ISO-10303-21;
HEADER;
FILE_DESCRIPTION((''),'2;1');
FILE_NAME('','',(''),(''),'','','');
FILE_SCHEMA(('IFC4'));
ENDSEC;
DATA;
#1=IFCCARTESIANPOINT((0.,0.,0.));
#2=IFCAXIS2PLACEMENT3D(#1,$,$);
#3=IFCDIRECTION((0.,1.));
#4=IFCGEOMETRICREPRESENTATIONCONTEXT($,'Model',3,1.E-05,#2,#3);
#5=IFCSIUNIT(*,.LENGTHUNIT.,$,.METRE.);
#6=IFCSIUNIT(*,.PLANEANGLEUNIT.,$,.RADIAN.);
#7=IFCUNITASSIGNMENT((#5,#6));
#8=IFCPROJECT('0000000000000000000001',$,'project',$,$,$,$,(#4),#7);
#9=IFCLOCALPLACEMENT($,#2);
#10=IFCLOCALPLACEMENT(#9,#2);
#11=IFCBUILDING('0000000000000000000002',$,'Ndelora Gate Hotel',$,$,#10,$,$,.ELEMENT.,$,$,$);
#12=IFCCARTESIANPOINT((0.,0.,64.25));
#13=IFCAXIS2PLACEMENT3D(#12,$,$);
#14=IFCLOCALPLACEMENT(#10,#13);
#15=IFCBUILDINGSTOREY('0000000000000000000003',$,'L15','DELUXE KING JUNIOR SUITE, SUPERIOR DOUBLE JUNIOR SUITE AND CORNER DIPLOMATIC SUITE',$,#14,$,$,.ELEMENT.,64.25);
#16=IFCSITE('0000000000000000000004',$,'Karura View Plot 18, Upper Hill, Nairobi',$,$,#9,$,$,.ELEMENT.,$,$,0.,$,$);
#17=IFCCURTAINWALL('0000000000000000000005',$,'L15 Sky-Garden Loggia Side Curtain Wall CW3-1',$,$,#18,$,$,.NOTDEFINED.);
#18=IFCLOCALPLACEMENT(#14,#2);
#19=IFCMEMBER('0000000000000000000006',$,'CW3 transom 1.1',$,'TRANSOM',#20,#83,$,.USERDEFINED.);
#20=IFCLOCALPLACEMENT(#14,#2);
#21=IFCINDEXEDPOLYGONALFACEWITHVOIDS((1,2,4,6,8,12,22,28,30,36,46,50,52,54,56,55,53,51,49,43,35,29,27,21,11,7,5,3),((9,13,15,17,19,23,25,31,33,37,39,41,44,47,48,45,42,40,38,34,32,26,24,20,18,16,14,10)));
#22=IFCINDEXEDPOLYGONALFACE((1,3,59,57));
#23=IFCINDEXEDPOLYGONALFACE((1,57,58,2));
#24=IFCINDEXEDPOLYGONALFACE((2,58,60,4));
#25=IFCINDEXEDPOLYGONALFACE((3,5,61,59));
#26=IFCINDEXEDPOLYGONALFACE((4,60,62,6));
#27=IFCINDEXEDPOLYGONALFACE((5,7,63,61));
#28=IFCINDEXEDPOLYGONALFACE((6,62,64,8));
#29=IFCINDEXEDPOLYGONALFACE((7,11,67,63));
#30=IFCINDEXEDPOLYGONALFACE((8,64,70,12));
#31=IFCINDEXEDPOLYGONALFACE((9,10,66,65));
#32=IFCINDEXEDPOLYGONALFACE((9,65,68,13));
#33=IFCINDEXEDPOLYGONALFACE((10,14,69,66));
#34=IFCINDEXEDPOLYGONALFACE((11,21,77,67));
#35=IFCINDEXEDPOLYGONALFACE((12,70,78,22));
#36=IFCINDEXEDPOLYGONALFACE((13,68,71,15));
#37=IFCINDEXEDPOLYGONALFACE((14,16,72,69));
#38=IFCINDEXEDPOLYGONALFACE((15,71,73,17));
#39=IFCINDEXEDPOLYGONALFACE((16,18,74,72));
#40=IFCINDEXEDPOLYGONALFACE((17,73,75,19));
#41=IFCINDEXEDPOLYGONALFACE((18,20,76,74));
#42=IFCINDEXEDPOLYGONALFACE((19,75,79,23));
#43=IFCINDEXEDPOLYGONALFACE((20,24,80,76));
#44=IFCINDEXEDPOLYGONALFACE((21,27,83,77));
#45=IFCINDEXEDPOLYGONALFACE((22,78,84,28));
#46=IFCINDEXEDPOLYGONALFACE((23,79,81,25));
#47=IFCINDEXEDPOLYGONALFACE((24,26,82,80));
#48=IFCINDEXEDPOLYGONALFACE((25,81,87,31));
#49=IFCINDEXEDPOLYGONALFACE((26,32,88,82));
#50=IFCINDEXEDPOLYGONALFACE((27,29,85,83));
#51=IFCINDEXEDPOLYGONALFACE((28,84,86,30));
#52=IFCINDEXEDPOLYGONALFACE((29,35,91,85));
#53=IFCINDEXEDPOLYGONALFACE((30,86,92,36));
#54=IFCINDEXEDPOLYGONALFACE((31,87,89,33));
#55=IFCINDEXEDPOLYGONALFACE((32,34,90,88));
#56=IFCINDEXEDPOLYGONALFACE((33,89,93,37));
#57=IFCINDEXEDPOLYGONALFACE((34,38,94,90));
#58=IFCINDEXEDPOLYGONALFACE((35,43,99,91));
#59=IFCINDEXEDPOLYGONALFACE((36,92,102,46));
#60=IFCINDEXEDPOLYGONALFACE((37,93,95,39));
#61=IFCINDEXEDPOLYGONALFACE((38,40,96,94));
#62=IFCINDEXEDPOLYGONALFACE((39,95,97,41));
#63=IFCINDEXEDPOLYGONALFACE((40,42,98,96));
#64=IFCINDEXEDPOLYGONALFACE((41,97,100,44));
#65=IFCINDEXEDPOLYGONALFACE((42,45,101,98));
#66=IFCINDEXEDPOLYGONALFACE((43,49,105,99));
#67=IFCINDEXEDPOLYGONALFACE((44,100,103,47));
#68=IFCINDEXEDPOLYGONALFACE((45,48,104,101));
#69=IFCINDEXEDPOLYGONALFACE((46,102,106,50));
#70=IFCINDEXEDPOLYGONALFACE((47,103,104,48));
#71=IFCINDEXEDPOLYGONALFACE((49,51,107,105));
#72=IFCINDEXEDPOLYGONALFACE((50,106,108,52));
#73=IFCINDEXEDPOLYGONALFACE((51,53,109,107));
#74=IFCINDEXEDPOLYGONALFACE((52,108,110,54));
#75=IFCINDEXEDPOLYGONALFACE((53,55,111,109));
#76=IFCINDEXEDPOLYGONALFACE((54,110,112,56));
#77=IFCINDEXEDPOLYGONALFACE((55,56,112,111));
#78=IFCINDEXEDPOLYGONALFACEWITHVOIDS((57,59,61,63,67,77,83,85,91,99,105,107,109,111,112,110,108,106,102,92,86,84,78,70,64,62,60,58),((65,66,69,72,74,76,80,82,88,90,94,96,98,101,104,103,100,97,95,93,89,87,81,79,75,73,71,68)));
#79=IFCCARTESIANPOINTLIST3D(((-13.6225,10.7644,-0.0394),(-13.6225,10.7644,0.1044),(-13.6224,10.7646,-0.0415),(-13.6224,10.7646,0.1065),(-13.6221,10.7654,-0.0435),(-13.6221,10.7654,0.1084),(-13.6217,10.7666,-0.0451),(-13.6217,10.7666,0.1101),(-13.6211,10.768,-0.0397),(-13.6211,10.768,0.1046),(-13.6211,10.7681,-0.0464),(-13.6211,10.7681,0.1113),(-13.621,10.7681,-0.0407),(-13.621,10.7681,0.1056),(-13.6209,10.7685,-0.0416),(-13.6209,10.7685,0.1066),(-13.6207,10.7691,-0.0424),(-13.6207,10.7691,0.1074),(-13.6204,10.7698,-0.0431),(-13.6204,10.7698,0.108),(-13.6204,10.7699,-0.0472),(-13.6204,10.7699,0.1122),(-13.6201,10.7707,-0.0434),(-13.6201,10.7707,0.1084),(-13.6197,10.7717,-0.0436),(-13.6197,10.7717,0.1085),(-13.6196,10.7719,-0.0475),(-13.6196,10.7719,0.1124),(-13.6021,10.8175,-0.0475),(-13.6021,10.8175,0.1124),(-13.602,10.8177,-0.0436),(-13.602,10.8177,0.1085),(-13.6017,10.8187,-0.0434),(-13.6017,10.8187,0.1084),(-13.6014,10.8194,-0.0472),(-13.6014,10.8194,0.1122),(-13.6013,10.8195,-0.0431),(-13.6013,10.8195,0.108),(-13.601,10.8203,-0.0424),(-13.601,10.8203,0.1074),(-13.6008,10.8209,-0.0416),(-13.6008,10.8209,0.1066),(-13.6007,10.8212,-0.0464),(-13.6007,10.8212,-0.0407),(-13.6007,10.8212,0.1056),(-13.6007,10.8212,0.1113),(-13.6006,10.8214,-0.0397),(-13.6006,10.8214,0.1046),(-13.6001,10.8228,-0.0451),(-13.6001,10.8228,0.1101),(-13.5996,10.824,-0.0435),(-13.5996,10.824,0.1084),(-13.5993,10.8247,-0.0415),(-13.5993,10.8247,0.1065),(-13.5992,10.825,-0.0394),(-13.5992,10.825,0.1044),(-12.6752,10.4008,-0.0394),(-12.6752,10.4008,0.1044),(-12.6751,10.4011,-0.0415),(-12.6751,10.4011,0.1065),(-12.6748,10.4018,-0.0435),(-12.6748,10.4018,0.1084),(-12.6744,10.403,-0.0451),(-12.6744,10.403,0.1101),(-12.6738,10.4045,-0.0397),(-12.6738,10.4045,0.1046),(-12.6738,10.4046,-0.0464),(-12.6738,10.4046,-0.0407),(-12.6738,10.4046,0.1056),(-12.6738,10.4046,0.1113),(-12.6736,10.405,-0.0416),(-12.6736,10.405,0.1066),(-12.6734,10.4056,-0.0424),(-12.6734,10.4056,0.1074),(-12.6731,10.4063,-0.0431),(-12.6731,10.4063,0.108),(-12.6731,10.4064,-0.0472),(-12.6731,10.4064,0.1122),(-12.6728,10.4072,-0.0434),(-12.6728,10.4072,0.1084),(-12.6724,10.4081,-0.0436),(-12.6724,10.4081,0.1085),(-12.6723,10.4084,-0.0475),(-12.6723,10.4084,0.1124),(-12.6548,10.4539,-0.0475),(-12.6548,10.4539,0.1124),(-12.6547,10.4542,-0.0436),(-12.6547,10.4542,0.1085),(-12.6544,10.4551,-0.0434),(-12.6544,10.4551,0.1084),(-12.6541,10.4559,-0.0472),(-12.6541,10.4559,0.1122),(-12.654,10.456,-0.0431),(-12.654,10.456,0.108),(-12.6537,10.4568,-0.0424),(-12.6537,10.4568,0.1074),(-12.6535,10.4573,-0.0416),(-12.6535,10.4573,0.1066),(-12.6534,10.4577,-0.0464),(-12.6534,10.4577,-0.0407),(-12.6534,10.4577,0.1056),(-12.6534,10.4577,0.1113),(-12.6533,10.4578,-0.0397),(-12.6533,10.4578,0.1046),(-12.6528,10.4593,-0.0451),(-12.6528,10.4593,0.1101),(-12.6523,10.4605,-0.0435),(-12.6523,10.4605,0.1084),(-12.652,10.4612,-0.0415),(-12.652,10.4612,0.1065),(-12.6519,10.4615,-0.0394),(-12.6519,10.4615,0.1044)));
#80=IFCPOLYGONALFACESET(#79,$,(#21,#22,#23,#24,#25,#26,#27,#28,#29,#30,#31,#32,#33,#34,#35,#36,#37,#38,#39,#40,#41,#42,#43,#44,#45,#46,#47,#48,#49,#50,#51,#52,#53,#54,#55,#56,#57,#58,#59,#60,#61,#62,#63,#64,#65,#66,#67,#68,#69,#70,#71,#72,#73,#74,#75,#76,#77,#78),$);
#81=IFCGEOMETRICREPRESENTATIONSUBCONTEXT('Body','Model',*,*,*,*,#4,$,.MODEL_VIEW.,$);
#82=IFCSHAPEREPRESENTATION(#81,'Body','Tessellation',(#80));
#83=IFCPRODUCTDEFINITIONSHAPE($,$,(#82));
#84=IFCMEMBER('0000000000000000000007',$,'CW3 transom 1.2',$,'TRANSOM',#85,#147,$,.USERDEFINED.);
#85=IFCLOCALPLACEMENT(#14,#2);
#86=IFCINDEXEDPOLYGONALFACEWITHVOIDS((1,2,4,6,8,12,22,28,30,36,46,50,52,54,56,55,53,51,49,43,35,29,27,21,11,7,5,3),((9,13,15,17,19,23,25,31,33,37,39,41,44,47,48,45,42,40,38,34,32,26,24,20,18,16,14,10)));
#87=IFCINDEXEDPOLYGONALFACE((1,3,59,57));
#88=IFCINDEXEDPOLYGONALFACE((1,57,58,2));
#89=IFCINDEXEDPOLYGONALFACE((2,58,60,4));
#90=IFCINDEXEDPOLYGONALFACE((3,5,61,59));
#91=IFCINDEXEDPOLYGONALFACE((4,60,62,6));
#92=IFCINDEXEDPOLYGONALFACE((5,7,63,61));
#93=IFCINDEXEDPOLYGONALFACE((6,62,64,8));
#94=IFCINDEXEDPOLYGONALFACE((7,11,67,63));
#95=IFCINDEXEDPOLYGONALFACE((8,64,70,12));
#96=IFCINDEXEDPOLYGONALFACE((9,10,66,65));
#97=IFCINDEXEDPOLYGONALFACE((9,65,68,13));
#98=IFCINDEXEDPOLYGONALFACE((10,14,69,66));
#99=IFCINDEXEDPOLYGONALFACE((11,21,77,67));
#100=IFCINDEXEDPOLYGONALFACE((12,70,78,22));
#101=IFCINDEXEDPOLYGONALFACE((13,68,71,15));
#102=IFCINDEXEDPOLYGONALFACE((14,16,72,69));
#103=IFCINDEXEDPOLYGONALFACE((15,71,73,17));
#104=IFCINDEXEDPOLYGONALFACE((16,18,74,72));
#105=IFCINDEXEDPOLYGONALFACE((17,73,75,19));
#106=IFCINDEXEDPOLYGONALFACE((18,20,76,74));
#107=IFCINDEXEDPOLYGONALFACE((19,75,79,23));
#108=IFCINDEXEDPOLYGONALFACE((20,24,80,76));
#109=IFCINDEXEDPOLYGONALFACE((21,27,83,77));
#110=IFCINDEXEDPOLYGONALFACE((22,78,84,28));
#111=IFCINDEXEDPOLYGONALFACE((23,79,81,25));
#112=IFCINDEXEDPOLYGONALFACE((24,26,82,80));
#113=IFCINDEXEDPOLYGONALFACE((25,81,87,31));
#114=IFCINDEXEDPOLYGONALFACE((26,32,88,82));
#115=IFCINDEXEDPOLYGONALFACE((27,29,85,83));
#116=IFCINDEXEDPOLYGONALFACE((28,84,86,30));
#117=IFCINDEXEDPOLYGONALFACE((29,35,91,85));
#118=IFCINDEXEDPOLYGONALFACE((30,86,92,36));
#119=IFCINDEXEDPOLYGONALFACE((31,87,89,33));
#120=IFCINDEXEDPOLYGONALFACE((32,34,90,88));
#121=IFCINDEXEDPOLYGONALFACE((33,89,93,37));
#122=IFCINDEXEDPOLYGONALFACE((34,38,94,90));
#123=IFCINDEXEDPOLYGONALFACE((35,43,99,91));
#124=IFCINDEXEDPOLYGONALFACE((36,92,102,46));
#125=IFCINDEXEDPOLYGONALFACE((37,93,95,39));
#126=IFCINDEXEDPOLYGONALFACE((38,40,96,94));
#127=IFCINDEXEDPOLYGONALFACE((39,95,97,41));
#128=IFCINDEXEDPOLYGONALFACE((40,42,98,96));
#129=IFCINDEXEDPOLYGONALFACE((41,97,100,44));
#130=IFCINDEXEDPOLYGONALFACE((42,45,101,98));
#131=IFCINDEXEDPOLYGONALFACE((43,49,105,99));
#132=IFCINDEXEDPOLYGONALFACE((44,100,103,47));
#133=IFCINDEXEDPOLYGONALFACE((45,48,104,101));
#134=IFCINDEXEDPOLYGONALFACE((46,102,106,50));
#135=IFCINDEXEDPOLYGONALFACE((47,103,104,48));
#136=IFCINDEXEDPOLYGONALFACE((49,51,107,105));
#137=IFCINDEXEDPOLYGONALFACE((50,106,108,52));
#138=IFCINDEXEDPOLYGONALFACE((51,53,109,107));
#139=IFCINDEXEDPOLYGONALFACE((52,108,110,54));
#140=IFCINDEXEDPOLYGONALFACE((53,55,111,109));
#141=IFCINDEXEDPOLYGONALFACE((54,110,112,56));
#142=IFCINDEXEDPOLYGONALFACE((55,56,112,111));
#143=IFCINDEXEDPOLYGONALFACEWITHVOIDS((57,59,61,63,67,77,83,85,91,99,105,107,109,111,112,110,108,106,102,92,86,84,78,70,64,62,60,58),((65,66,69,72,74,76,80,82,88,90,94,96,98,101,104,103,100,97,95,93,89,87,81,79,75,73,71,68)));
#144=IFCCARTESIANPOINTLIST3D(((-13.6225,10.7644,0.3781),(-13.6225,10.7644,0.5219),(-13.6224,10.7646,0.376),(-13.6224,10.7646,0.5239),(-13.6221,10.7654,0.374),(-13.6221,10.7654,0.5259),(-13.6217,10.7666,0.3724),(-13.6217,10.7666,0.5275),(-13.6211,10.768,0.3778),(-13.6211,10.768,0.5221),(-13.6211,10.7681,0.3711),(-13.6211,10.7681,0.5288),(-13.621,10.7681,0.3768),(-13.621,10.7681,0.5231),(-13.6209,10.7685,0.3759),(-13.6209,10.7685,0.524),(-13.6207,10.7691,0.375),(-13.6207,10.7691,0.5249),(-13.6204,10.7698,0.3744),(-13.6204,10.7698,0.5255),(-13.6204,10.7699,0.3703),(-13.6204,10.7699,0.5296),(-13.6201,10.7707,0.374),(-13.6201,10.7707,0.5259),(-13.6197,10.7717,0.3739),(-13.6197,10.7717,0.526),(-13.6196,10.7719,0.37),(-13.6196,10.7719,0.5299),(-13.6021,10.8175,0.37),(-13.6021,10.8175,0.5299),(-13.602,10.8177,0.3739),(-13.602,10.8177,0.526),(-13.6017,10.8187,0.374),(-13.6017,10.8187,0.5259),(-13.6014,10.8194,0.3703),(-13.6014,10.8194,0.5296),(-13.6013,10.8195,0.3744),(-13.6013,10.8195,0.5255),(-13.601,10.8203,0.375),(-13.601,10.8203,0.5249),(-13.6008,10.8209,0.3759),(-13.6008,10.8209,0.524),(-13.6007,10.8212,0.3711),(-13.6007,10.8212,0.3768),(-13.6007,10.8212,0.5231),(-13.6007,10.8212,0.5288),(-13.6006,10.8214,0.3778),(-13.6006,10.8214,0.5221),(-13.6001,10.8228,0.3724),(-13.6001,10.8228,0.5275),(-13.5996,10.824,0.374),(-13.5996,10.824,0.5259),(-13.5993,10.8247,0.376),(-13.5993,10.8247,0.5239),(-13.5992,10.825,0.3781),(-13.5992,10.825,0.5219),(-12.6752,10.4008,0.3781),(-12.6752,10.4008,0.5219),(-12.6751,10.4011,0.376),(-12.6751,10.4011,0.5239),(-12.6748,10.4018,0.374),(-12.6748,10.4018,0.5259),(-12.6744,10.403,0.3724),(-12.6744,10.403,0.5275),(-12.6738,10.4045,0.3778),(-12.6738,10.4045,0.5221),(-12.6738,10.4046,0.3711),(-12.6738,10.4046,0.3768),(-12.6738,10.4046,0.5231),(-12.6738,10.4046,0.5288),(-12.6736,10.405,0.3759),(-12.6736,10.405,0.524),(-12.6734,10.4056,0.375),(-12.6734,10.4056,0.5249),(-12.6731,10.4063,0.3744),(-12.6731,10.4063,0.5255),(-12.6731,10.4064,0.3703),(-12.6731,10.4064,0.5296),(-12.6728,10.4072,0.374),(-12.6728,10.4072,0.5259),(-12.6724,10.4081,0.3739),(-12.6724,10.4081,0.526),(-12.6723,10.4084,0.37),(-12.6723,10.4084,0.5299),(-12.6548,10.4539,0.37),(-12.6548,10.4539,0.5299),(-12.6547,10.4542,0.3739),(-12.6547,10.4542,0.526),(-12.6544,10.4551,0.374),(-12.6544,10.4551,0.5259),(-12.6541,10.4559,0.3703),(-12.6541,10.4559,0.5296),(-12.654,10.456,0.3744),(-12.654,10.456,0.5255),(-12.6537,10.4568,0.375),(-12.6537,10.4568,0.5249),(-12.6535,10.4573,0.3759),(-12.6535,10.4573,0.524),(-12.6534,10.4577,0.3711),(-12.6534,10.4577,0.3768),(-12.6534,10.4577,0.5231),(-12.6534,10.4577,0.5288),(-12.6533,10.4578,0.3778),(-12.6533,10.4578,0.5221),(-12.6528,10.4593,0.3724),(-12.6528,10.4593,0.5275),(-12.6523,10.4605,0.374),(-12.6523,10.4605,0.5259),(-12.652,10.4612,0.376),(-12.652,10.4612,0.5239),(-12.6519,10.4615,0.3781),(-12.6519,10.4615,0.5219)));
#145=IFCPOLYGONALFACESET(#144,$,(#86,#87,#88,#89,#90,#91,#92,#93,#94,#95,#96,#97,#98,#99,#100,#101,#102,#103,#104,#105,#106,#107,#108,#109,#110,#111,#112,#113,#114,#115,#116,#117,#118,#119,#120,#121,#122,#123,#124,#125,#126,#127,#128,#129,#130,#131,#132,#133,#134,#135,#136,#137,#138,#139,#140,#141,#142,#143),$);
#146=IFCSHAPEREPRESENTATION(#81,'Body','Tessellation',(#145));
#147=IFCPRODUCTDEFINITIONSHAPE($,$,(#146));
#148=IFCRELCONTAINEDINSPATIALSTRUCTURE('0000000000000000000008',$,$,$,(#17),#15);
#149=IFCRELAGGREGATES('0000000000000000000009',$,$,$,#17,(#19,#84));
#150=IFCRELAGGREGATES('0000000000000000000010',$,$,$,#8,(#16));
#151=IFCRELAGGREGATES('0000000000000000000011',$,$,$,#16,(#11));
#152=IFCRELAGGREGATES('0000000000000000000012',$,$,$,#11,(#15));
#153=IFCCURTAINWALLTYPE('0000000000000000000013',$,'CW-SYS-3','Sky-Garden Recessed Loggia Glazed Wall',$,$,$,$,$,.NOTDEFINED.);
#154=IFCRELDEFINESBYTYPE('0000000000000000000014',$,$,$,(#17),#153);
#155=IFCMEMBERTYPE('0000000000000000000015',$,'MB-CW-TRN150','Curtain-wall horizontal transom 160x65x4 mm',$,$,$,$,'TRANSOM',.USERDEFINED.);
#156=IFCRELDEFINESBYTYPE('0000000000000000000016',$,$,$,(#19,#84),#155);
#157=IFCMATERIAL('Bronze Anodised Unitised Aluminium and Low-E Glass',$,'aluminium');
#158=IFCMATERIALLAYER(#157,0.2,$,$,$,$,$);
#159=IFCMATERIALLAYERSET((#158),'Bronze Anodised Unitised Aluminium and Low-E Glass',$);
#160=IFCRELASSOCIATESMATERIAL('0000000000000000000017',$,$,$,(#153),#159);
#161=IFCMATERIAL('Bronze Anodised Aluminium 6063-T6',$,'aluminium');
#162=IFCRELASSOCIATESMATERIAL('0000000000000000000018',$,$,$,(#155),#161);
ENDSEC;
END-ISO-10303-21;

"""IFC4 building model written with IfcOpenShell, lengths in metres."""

from ifc_helpers import new_model, si_unit, direction, frame, origin, origin_2d, place, context, subcontext, project, spatial, hollow_rectangle, extrude, material, layer, layer_set, material_profile, profile_set, type_object, element, aggregate, save


model = new_model("IFC4")

# Units and contexts
model_context = context("Model", 3, precision=1e-05, world=origin(), true_north=direction((0.0, 1.0)))
body_context = subcontext(model_context, "Body", "Model", "MODEL_VIEW")
ifc_project = project(units=[si_unit("LENGTHUNIT", "METRE"), si_unit("PLANEANGLEUNIT", "RADIAN")], contexts=[model_context])

# Site, building, storey
site_placement = place(None, origin())
site = spatial("IfcSite", under=ifc_project, at=site_placement, Name="Karura View Plot 18, Upper Hill, Nairobi", CompositionType="ELEMENT", RefElevation=0.0)
building_placement = place(site_placement, origin())
building = spatial("IfcBuilding", under=site, at=building_placement, Name="Ndelora Gate Hotel", CompositionType="ELEMENT")
storey_placement = place(building_placement, frame((0.0, 0.0, 64.25)))
storey = spatial("IfcBuildingStorey", under=building, at=storey_placement, Name="L15", Description="DELUXE KING JUNIOR SUITE, SUPERIOR DOUBLE JUNIOR SUITE AND CORNER DIPLOMATIC SUITE", CompositionType="ELEMENT", Elevation=64.25)

# Curtain wall, members
ifc_material_1 = material(Name="Bronze Anodised Unitised Aluminium and Low-E Glass", Category="aluminium")
ifc_layer_1 = layer(ifc_material_1, 0.2)
ifc_layer_set_1 = layer_set([ifc_layer_1], Name="Bronze Anodised Unitised Aluminium and Low-E Glass")
curtain_wall_type = type_object("IfcCurtainWallType", Name="CW-SYS-3", Description="Sky-Garden Recessed Loggia Glazed Wall", PredefinedType="NOTDEFINED", material=ifc_layer_set_1)
curtain_wall_placement = place(storey_placement, origin())
curtain_wall = element("IfcCurtainWall", 1, at=curtain_wall_placement, inside=storey, type_object=curtain_wall_type, Name="L15 Sky-Garden Loggia Side Curtain Wall CW3-1", PredefinedType="NOTDEFINED")
ifc_material_2 = material(Name="Bronze Anodised Aluminium 6063-T6", Category="aluminium")
ifc_material_profile_1 = material_profile(ifc_material_2, hollow_rectangle(XDim=0.0649, YDim=0.1599, WallThickness=0.0039, InnerFilletRadius=0.0039, OuterFilletRadius=0.0081, at=origin_2d()), Name="ALU 160x65x4")
ifc_profile_set_1 = profile_set([ifc_material_profile_1], Name="Bronze Anodised Aluminium 6063-T6")
member_type_1 = type_object("IfcMemberType", Name="MB-CW-TRN150", Description="Curtain-wall horizontal transom 160x65x4 mm", ElementType="TRANSOM", PredefinedType="USERDEFINED", material=ifc_profile_set_1)
member_1_placement = place(storey_placement, frame((-12.6636, 10.4312, 0.0325), z_axis=(-0.933612, 0.358286, 0.0), x_axis=(-0.358286, -0.933612, 0.0)))
member_1 = element("IfcMember", 2, at=member_1_placement, type_object=member_type_1, Name="CW3 transom 1.1", ObjectType="TRANSOM", PredefinedType="USERDEFINED", context=body_context, shape_type="SweptSolid", body=[
    extrude(hollow_rectangle(XDim=0.0649, YDim=0.1599, WallThickness=0.0039, InnerFilletRadius=0.0039, OuterFilletRadius=0.0081, at=origin_2d()), origin(), (0.0, 0.0, 1.0), 1.0146),
])
member_2_placement = place(storey_placement, frame((-12.6636, 10.4312, 0.45), z_axis=(-0.933612, 0.358286, 0.0), x_axis=(-0.358286, -0.933612, 0.0)))
member_2 = element("IfcMember", 3, at=member_2_placement, type_object=member_type_1, Name="CW3 transom 1.2", ObjectType="TRANSOM", PredefinedType="USERDEFINED", context=body_context, shape_type="SweptSolid", body=[
    extrude(hollow_rectangle(XDim=0.0649, YDim=0.1599, WallThickness=0.0039, InnerFilletRadius=0.0039, OuterFilletRadius=0.0081, at=origin_2d()), origin(), (0.0, 0.0, 1.0), 1.0146),
])
aggregate(curtain_wall, [member_1, member_2])

save(model, "model.ifc")
